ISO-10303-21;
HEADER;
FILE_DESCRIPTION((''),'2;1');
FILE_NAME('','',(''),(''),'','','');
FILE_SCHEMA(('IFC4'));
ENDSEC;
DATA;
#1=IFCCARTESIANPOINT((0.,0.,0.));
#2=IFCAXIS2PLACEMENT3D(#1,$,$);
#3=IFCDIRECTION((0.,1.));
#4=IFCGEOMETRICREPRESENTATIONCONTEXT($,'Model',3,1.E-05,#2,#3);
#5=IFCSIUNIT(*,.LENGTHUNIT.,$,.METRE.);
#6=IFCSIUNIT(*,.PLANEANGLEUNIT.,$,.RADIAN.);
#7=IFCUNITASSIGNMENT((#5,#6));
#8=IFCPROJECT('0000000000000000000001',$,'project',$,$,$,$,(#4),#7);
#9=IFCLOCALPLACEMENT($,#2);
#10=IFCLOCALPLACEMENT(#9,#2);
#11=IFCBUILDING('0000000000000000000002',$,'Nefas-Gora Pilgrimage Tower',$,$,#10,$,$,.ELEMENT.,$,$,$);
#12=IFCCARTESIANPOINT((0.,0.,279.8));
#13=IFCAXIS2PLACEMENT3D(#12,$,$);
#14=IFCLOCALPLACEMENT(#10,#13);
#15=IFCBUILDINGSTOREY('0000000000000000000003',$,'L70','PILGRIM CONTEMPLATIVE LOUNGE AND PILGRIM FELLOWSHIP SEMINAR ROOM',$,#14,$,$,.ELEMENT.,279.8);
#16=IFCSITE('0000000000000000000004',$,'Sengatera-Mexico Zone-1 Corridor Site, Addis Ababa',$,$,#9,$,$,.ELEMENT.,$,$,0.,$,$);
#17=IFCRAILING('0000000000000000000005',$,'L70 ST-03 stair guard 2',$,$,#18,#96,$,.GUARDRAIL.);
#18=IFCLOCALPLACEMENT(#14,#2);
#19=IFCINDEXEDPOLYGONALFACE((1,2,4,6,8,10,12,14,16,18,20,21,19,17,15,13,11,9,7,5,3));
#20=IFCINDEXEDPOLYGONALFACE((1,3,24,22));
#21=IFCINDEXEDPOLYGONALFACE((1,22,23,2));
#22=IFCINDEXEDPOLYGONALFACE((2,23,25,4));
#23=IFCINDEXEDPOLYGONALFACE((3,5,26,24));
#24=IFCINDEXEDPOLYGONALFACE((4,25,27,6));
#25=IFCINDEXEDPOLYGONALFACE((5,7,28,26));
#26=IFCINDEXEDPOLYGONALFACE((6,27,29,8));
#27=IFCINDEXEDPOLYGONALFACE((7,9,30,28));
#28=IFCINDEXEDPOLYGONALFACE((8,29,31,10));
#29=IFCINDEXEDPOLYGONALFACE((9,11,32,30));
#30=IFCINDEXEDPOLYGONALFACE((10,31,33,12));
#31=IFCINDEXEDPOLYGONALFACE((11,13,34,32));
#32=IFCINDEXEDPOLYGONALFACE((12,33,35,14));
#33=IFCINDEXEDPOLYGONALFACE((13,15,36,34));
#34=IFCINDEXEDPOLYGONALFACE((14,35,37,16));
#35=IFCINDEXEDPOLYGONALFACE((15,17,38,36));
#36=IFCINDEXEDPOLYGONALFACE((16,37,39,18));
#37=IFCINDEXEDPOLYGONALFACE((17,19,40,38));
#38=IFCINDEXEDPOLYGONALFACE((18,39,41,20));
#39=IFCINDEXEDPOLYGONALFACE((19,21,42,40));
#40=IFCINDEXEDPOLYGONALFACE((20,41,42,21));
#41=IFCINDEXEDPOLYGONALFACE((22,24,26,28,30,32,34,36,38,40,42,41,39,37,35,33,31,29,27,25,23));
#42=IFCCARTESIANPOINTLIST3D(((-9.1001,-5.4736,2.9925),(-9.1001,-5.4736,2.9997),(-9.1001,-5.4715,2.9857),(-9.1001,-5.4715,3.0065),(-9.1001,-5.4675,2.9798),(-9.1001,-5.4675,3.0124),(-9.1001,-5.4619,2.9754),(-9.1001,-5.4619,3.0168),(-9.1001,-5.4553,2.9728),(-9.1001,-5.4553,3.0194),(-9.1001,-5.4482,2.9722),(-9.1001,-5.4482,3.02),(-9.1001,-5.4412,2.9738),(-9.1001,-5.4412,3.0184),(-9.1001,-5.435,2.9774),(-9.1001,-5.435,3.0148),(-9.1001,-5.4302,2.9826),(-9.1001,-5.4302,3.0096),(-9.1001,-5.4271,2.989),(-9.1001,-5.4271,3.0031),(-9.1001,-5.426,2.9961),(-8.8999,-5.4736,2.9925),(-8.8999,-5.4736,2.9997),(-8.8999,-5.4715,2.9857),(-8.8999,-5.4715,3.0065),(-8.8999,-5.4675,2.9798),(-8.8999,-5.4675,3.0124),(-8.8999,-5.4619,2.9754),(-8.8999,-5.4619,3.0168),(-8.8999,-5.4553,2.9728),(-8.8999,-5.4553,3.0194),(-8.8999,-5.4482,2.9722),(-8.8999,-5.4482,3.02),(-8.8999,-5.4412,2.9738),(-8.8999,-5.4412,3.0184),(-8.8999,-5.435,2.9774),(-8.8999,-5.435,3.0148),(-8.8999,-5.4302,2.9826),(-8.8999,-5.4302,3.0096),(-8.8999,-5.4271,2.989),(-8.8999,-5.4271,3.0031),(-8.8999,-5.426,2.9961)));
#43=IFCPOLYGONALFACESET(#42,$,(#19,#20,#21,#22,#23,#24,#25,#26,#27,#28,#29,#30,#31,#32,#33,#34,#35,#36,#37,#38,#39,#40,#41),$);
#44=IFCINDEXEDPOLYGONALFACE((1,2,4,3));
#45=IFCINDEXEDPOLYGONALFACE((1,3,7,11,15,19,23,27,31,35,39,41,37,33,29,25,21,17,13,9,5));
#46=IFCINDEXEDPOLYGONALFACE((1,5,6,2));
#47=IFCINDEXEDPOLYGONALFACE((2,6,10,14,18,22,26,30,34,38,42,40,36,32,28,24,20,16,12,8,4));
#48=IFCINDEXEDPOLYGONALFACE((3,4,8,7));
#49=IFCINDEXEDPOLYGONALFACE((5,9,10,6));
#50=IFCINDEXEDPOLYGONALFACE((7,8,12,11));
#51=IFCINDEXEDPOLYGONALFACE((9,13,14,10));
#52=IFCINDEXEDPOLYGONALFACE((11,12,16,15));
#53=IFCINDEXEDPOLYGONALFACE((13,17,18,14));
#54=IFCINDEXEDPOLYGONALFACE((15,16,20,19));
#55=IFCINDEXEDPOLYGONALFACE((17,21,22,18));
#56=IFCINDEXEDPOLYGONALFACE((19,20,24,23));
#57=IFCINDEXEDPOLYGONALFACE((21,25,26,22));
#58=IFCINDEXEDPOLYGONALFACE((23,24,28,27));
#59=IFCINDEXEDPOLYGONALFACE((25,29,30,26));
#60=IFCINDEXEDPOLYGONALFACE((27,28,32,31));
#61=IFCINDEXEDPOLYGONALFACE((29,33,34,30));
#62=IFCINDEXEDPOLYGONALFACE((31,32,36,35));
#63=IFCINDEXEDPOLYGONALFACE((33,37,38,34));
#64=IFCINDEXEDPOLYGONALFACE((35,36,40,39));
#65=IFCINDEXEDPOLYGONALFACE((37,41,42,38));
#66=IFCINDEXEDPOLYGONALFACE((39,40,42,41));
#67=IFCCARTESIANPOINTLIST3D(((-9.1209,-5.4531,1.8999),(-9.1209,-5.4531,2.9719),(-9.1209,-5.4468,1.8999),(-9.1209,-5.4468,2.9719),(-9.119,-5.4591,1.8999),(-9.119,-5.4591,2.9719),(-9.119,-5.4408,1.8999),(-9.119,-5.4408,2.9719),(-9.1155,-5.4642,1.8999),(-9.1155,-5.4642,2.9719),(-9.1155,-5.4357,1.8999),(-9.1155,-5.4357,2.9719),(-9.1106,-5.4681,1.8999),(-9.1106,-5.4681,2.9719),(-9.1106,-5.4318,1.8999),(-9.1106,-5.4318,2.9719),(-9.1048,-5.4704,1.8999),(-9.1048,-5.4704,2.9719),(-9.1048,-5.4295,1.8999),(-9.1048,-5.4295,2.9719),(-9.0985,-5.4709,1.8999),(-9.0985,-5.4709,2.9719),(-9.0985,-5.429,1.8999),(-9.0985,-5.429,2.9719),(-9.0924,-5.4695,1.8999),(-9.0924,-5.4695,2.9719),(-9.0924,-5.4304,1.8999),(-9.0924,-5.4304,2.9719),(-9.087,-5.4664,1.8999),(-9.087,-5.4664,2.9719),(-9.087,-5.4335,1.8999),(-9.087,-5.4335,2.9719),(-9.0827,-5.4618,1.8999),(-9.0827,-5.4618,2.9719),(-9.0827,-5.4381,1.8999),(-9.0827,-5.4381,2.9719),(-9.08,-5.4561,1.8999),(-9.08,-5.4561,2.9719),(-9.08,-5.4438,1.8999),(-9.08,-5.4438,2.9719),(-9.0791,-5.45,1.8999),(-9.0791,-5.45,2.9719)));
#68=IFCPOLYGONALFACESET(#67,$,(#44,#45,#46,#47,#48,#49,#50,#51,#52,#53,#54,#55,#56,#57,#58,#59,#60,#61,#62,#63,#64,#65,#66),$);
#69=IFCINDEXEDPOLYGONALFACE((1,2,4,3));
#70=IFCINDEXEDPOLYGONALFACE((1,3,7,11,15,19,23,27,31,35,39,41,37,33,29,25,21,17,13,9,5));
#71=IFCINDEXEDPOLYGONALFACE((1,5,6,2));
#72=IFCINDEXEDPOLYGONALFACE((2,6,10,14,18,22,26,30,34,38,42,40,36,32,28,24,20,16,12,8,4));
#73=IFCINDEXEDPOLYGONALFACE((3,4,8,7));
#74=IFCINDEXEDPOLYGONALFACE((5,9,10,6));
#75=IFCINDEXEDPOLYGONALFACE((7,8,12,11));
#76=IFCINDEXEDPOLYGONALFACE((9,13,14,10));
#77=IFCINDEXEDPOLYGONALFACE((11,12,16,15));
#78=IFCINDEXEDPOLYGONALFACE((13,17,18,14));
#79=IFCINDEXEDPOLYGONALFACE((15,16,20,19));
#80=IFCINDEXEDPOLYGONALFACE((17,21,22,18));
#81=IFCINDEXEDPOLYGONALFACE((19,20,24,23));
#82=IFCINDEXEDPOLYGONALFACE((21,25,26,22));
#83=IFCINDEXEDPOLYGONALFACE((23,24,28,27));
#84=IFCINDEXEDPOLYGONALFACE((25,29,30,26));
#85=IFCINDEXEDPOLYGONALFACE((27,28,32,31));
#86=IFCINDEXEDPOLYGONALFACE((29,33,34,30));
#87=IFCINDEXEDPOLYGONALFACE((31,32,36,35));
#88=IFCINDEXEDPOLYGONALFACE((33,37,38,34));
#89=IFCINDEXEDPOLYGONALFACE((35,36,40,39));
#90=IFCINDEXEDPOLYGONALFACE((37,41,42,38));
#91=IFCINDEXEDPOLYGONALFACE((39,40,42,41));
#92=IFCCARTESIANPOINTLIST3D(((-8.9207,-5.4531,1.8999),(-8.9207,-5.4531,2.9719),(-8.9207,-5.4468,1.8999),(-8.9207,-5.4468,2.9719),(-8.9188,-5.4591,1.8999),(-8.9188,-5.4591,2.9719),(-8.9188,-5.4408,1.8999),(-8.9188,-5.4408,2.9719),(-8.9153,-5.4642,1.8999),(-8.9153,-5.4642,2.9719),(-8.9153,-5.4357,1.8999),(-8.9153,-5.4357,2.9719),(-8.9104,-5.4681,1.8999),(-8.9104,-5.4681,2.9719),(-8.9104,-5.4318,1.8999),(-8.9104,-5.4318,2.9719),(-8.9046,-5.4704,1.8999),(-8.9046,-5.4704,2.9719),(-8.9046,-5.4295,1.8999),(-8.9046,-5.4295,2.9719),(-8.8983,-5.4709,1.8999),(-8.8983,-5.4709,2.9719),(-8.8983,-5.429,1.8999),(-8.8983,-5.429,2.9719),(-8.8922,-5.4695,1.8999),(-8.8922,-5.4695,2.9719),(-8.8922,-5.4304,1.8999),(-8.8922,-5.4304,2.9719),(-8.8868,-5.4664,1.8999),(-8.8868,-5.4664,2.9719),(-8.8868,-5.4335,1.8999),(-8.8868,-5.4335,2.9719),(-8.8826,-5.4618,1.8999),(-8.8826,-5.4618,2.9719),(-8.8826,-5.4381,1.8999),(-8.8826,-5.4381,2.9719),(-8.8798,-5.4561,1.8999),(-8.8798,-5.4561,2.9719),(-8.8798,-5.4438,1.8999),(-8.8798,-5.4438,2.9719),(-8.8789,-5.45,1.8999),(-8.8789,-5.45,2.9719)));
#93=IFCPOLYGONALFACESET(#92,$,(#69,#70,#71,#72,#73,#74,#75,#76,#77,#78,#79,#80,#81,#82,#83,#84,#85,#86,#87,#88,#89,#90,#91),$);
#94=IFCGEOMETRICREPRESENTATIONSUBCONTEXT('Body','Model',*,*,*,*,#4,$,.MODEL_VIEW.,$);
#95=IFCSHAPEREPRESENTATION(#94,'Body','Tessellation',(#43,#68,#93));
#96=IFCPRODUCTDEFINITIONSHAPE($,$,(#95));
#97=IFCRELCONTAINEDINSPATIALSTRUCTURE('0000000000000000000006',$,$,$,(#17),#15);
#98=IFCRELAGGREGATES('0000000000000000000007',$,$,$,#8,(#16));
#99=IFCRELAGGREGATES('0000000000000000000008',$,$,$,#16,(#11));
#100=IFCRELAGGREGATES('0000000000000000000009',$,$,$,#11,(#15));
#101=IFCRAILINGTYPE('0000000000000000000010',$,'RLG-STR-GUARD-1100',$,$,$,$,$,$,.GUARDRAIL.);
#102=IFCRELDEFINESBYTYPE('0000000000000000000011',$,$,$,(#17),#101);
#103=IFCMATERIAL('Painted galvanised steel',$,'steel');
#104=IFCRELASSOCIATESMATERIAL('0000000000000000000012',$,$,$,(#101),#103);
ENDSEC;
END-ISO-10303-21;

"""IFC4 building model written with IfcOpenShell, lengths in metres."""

from ifc_helpers import new_model, si_unit, direction, frame, origin, origin_2d, place, context, subcontext, project, spatial, circle, extrude, material, type_object, element, save


model = new_model("IFC4")

# Units and contexts
model_context = context("Model", 3, precision=1e-05, world=origin(), true_north=direction((0.0, 1.0)))
body_context = subcontext(model_context, "Body", "Model", "MODEL_VIEW")
ifc_project = project(units=[si_unit("LENGTHUNIT", "METRE"), si_unit("PLANEANGLEUNIT", "RADIAN")], contexts=[model_context])

# Site, building, storey
site_placement = place(None, origin())
site = spatial("IfcSite", under=ifc_project, at=site_placement, Name="Sengatera-Mexico Zone-1 Corridor Site, Addis Ababa", CompositionType="ELEMENT", RefElevation=0.0)
building_placement = place(site_placement, origin())
building = spatial("IfcBuilding", under=site, at=building_placement, Name="Nefas-Gora Pilgrimage Tower", CompositionType="ELEMENT")
storey_placement = place(building_placement, frame((0.0, 0.0, 279.8)))
storey = spatial("IfcBuildingStorey", under=building, at=storey_placement, Name="L70", Description="PILGRIM CONTEMPLATIVE LOUNGE AND PILGRIM FELLOWSHIP SEMINAR ROOM", CompositionType="ELEMENT", Elevation=279.8)

# Railing
ifc_material_1 = material(Name="Painted galvanised steel", Category="steel")
railing_type_1 = type_object("IfcRailingType", Name="RLG-STR-GUARD-1100", PredefinedType="GUARDRAIL", material=ifc_material_1)
railing_1_placement = place(storey_placement, frame((-9.1001, -5.45, 1.8999)))
element("IfcRailing", 1, at=railing_1_placement, inside=storey, type_object=railing_type_1, Name="L70 ST-03 stair guard 2", PredefinedType="GUARDRAIL", context=body_context, shape_type="SweptSolid", body=[
    extrude(circle(Radius=0.0239, at=origin_2d()), frame((0.0, 0.0, 1.0962), z_axis=(1.0, 0.0, 0.0), x_axis=(0.0, 1.0, 0.0)), (0.0, 0.0, 1.0), 0.2002),
    extrude(circle(Radius=0.021, at=origin_2d()), origin(), (0.0, 0.0, 1.0), 1.072),
    extrude(circle(Radius=0.021, at=origin_2d()), frame((0.2002, 0.0, 0.0)), (0.0, 0.0, 1.0), 1.072),
])

save(model, "model.ifc")
